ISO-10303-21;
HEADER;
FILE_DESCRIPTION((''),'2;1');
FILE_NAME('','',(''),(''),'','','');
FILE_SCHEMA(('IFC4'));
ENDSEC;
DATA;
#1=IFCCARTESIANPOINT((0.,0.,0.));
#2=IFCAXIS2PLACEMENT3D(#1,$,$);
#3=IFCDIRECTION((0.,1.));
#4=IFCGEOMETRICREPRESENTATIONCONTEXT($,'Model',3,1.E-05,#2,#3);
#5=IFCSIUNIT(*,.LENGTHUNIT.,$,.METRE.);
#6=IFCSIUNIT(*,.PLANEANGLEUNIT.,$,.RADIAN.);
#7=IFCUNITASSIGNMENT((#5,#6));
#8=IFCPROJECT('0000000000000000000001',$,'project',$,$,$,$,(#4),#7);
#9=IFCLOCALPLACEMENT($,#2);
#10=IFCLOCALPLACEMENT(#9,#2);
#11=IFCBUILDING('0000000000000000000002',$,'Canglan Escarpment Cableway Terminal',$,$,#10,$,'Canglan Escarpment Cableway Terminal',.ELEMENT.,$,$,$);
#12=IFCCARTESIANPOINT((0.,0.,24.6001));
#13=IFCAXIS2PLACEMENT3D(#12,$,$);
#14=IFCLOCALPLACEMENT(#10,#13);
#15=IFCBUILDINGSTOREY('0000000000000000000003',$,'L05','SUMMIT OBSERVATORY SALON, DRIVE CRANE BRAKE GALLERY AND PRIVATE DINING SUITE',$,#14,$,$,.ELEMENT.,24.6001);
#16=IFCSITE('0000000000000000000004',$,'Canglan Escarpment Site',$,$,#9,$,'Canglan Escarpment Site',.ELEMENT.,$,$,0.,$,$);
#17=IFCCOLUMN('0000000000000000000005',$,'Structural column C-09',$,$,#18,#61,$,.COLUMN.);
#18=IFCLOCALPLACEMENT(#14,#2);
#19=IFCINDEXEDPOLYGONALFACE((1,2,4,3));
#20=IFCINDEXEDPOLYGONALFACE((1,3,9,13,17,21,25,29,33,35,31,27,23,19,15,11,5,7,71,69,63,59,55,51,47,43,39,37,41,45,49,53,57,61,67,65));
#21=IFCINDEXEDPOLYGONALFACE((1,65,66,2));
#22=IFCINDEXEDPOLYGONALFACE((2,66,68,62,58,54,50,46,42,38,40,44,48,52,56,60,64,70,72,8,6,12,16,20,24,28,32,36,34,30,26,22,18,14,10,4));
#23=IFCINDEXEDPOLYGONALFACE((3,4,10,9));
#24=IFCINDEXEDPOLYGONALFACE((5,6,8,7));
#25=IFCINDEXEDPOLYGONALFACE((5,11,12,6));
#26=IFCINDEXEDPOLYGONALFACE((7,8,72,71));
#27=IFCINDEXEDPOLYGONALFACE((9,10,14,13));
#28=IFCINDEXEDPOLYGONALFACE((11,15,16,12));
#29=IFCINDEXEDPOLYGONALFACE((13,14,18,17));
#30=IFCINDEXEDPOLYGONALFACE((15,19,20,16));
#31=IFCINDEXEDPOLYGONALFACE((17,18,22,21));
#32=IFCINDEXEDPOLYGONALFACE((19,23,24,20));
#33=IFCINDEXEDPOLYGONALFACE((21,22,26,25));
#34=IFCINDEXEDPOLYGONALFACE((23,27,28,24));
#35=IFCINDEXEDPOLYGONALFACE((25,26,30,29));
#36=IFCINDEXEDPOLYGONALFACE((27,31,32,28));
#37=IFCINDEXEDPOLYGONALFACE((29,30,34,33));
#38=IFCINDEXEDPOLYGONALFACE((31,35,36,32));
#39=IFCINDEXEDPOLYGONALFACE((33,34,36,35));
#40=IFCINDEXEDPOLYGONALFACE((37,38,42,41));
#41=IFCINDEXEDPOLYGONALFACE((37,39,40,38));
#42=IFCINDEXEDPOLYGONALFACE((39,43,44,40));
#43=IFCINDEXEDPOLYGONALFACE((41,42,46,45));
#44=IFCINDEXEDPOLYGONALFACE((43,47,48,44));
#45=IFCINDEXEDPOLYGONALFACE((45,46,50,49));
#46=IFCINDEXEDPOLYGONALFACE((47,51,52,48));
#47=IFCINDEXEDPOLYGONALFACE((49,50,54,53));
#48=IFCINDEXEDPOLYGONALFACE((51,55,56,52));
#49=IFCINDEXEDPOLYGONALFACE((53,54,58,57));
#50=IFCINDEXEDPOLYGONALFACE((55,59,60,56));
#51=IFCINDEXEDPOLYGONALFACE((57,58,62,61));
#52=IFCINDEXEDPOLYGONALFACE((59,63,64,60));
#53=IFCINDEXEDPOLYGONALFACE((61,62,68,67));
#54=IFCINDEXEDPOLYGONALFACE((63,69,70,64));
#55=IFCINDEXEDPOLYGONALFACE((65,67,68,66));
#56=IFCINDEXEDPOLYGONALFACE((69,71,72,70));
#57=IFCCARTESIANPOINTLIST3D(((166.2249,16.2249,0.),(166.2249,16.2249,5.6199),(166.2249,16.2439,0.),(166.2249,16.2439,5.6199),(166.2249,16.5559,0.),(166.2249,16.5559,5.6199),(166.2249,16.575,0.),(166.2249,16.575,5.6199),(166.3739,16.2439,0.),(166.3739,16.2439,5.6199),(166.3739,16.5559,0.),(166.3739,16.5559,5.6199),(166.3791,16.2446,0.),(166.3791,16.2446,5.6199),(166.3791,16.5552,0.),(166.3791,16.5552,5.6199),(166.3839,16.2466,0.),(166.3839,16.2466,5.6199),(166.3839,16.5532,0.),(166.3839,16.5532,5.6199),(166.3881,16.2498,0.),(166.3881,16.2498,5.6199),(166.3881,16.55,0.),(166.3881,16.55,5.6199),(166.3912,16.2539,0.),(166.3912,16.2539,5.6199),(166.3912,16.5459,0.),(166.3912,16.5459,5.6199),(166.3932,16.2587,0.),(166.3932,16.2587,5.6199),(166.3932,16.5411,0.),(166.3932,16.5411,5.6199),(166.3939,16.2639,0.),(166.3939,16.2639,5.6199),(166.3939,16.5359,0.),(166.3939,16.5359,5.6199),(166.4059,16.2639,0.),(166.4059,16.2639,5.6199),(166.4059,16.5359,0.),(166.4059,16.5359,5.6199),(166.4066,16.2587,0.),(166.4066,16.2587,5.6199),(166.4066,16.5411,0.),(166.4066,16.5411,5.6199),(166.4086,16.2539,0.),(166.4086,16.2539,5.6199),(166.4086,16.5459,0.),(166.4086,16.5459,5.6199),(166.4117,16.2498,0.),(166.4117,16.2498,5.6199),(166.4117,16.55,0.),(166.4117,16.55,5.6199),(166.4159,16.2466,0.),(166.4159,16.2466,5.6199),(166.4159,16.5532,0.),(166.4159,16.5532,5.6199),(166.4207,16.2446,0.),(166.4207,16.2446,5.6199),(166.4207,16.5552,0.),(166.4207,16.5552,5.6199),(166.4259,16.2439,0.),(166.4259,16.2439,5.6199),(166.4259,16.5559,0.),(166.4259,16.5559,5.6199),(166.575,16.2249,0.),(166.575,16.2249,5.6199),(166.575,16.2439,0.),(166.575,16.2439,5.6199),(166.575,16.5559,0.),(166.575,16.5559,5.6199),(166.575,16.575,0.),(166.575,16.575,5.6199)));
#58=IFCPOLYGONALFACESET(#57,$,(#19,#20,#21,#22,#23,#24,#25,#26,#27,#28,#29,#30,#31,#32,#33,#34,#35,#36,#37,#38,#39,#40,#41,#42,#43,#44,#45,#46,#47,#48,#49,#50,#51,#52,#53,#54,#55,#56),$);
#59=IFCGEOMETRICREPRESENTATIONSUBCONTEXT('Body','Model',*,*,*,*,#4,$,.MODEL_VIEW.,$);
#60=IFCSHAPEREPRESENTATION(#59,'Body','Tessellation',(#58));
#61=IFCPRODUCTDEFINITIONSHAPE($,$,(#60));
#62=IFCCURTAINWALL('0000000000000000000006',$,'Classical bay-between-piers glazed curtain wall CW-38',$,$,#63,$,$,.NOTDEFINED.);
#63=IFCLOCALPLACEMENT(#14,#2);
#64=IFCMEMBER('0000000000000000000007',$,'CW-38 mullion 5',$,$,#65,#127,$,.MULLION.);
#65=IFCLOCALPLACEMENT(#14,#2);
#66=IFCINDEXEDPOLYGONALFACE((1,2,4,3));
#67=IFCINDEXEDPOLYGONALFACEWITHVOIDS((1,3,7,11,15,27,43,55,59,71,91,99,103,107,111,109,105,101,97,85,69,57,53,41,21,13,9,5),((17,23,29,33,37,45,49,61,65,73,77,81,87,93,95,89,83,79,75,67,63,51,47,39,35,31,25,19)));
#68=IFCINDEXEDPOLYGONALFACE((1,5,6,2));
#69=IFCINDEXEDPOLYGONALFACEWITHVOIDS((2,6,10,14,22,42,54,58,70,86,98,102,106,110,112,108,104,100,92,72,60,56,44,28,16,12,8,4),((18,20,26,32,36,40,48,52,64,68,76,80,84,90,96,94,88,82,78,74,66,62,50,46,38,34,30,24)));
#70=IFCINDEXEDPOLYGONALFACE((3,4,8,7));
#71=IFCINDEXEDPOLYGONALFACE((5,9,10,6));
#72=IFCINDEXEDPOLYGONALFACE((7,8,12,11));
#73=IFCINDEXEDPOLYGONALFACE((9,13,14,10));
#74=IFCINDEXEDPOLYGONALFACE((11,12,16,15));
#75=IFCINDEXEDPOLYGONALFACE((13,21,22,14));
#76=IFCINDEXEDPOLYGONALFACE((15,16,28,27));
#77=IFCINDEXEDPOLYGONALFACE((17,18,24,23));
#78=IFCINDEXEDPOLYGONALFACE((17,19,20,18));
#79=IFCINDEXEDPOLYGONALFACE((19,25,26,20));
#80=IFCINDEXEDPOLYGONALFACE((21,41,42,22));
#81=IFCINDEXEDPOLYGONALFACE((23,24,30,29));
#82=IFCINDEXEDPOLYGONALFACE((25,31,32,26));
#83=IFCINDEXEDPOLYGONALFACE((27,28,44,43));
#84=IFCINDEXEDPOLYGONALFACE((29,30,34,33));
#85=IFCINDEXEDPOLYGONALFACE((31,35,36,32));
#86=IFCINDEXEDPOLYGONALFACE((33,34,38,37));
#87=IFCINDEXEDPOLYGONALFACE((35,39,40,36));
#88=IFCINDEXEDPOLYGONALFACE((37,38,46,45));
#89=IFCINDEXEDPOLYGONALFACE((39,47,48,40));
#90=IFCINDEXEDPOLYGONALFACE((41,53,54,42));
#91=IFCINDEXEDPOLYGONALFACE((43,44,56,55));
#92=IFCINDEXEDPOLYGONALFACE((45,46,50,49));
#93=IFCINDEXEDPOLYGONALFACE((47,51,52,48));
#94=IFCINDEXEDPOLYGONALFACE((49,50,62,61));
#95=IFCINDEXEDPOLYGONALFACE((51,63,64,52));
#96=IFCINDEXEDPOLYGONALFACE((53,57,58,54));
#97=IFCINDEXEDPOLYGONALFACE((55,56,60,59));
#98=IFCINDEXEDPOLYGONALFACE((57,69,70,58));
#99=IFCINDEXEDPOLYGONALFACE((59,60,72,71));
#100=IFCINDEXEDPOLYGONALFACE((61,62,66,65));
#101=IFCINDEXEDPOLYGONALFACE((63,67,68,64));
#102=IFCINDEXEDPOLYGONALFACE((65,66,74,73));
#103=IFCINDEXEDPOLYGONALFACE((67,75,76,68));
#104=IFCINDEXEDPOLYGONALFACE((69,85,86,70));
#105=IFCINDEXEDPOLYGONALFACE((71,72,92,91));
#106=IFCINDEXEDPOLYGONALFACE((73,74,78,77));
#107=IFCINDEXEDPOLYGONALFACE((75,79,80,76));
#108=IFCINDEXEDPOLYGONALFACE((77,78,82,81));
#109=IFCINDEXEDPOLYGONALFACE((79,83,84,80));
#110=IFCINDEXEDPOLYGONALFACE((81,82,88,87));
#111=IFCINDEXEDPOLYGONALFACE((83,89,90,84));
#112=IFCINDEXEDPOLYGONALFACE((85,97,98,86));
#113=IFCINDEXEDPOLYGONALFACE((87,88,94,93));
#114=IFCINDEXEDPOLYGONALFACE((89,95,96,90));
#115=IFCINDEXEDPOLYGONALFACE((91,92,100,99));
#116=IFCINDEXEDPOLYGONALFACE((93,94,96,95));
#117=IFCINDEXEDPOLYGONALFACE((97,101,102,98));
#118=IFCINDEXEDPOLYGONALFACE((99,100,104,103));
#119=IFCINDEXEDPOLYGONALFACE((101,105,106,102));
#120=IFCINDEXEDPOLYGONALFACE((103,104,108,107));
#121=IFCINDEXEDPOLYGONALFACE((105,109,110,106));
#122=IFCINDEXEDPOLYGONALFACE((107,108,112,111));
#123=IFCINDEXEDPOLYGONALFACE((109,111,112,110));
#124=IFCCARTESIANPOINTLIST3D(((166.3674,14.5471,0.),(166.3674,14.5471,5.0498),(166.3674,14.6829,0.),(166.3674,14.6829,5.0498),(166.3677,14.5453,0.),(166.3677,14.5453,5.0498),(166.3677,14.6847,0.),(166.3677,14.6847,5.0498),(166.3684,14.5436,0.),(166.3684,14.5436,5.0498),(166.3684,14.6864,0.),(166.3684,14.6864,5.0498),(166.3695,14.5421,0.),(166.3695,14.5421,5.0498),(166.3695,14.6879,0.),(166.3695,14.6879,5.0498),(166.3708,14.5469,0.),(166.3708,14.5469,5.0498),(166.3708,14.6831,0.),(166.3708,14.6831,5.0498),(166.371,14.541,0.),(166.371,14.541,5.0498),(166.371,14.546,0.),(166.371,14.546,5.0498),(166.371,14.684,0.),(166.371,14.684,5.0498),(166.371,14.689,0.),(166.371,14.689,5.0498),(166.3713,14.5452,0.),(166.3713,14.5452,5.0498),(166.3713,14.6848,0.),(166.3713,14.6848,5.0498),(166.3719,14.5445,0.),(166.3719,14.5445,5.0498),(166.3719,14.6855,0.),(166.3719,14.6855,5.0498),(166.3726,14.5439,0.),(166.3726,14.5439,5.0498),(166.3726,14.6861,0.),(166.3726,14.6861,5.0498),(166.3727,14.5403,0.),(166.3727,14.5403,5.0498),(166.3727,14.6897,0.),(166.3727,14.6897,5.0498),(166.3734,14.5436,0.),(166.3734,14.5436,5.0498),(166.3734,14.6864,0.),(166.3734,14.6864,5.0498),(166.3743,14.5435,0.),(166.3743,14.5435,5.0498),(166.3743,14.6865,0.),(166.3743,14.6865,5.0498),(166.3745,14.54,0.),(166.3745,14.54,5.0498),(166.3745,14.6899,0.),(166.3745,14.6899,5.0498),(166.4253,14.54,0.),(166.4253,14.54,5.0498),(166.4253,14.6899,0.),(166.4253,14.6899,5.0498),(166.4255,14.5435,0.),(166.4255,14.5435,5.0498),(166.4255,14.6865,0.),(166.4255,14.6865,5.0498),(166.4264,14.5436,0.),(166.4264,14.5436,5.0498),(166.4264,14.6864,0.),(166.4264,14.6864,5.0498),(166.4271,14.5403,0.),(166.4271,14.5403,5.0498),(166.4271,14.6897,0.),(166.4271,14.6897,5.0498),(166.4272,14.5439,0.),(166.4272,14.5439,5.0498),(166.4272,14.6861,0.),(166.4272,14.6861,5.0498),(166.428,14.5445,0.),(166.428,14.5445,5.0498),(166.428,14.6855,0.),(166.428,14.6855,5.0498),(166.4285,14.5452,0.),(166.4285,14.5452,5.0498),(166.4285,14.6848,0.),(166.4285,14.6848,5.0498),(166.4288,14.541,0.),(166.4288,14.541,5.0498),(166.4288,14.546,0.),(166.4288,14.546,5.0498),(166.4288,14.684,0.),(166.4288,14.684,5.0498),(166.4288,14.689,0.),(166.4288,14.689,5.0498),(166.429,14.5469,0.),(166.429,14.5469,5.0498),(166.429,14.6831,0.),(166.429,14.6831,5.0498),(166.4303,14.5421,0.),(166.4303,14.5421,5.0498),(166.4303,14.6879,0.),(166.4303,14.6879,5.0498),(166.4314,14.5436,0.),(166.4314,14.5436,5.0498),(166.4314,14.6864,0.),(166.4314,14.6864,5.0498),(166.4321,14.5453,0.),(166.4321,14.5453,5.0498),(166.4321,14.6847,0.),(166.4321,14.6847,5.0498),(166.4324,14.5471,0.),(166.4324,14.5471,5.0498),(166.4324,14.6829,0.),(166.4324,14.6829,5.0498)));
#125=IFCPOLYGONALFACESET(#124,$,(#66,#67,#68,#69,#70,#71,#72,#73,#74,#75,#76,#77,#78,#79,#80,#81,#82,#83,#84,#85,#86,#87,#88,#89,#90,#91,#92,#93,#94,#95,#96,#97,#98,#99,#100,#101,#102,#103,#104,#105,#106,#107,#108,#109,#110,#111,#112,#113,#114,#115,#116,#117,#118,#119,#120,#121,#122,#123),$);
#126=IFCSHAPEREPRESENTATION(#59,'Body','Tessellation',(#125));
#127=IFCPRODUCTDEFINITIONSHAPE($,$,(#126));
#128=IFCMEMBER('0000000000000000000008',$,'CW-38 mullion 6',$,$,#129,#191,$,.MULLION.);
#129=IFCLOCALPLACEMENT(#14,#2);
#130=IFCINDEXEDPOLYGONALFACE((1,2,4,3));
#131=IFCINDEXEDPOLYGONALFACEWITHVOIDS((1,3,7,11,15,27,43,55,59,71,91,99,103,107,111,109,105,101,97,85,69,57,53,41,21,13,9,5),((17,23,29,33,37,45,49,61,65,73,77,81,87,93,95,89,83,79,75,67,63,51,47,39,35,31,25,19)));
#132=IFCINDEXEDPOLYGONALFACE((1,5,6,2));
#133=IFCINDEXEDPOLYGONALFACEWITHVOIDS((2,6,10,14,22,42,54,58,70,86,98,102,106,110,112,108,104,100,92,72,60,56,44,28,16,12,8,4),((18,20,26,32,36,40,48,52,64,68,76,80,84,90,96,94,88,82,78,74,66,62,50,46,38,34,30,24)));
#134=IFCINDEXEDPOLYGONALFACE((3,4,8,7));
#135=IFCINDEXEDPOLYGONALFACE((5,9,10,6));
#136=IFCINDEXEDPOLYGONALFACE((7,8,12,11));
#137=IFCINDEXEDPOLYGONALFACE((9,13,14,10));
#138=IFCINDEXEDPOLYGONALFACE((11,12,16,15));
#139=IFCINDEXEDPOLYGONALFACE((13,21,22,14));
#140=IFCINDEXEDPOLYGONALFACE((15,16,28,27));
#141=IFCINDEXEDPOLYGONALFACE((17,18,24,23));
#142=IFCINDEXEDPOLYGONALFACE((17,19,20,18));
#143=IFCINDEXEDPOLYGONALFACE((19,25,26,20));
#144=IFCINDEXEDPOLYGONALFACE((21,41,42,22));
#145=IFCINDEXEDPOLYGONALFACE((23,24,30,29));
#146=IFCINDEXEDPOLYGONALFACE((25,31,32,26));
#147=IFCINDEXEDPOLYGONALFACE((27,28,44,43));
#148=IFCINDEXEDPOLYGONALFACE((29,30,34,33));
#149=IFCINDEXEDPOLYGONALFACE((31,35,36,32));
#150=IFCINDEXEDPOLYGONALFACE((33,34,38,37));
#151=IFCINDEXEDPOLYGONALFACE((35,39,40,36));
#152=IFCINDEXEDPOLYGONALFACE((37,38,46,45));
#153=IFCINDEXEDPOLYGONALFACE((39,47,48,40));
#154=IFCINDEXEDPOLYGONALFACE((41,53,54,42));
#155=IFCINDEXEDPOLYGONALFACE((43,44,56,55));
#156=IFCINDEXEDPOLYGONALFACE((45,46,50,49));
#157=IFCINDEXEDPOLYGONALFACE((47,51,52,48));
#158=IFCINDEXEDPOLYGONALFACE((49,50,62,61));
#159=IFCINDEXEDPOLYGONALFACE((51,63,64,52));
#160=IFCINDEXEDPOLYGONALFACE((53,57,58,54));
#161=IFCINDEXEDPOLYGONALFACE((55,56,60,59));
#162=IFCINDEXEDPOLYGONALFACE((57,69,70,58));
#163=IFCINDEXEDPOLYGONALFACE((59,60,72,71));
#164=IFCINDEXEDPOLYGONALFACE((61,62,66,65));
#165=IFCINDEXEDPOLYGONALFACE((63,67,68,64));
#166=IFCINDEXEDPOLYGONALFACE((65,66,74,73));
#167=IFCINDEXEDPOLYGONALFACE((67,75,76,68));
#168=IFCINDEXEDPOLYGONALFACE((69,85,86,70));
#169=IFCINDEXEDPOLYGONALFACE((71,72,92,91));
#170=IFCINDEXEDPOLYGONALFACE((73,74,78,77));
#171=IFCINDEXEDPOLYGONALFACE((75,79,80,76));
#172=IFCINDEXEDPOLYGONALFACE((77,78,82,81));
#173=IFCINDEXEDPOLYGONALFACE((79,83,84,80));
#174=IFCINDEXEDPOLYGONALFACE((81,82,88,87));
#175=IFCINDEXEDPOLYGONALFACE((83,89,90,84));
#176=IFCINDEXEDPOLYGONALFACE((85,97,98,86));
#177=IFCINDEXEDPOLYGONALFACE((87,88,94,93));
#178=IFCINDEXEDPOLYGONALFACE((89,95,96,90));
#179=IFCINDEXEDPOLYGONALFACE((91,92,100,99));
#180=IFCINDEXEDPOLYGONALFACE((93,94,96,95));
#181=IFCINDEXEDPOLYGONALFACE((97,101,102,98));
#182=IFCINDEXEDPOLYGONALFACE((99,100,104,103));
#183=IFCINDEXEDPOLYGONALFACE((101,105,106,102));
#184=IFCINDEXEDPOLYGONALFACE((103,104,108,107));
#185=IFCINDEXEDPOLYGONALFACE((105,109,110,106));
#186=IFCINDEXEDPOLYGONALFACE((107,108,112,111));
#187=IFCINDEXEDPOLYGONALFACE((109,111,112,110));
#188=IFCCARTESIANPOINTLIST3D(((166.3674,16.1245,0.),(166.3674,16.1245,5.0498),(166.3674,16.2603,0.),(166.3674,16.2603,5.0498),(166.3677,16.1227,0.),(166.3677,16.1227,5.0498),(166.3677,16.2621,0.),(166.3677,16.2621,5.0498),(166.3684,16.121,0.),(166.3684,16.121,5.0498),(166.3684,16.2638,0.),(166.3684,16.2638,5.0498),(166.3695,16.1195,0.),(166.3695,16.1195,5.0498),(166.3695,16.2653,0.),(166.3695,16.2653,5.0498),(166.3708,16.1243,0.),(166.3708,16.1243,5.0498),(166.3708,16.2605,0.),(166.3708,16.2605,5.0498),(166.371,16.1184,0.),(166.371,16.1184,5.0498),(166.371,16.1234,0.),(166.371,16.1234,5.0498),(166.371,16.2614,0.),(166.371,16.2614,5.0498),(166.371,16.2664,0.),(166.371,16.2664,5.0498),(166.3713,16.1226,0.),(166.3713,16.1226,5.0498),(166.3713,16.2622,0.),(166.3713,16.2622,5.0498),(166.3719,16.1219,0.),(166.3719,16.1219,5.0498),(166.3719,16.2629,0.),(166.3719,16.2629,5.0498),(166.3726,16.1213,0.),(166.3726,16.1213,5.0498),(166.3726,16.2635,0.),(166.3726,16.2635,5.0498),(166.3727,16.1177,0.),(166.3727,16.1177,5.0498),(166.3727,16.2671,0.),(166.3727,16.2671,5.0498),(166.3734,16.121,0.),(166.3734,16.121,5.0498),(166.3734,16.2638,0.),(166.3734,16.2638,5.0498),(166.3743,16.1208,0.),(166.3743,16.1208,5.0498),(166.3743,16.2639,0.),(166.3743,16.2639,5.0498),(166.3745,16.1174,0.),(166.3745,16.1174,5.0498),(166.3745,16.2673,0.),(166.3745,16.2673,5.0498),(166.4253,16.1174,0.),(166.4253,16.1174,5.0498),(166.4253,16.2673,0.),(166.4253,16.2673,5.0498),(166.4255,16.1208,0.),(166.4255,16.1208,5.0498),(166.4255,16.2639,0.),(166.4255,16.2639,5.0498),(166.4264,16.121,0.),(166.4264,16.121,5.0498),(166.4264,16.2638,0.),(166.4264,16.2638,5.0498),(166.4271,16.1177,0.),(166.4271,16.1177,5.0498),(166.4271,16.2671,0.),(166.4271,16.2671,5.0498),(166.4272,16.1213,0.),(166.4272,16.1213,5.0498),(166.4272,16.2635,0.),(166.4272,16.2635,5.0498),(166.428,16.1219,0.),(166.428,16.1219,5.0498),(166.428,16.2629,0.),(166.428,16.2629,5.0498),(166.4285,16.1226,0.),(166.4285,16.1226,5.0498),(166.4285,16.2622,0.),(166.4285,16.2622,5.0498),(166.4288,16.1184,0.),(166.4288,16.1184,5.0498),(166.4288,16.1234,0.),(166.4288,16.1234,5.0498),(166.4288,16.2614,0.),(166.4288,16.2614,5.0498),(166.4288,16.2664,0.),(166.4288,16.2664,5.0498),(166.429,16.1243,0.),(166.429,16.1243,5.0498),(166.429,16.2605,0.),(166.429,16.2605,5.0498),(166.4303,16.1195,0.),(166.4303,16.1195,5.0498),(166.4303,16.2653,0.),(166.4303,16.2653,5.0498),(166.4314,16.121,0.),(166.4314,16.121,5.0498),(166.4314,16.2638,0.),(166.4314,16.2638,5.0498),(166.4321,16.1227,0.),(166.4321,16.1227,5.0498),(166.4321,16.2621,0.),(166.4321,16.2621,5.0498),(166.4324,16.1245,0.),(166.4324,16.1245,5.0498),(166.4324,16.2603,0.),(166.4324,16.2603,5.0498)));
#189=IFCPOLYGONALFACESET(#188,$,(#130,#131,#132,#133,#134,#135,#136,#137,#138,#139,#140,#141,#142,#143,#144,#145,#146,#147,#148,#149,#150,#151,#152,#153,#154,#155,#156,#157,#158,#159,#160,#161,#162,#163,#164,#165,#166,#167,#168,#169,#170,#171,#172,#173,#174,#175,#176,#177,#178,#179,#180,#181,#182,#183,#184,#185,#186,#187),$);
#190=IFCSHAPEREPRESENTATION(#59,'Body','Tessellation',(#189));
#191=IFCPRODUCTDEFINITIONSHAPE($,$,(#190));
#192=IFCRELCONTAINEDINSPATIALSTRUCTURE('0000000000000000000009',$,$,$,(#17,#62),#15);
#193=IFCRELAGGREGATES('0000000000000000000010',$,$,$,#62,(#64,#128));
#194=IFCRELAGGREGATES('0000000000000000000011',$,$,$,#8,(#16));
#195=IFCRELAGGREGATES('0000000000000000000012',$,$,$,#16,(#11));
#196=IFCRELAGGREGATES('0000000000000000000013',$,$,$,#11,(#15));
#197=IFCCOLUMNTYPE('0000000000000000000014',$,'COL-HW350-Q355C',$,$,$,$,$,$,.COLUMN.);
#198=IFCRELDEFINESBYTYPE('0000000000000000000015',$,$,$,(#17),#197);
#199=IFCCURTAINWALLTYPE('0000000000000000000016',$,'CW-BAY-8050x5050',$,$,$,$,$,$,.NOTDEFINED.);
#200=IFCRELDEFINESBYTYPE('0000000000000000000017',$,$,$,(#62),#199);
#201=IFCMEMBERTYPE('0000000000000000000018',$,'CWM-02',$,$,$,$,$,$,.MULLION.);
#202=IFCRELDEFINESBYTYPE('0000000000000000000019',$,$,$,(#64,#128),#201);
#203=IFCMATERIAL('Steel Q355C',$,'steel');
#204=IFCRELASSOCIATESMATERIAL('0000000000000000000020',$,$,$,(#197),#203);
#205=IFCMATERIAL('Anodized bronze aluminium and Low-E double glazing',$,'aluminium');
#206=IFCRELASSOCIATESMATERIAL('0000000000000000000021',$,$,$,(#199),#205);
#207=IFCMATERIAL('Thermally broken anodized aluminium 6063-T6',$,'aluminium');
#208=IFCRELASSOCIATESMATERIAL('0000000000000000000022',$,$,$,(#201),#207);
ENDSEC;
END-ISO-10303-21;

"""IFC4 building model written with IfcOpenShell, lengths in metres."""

from ifc_helpers import new_model, si_unit, direction, frame, origin, origin_2d, place, context, subcontext, project, spatial, hollow_rectangle, i_section, extrude, material, material_profile, profile_set, type_object, element, aggregate, save


model = new_model("IFC4")

# Units and contexts
model_context = context("Model", 3, precision=1e-05, world=origin(), true_north=direction((0.0, 1.0)))
body_context = subcontext(model_context, "Body", "Model", "MODEL_VIEW")
ifc_project = project(units=[si_unit("LENGTHUNIT", "METRE"), si_unit("PLANEANGLEUNIT", "RADIAN")], contexts=[model_context])

# Site, building, storey
site_placement = place(None, origin())
site = spatial("IfcSite", under=ifc_project, at=site_placement, Name="Canglan Escarpment Site", LongName="Canglan Escarpment Site", CompositionType="ELEMENT", RefElevation=0.0)
building_placement = place(site_placement, origin())
building = spatial("IfcBuilding", under=site, at=building_placement, Name="Canglan Escarpment Cableway Terminal", LongName="Canglan Escarpment Cableway Terminal", CompositionType="ELEMENT")
storey_placement = place(building_placement, frame((0.0, 0.0, 24.6001)))
storey = spatial("IfcBuildingStorey", under=building, at=storey_placement, Name="L05", Description="SUMMIT OBSERVATORY SALON, DRIVE CRANE BRAKE GALLERY AND PRIVATE DINING SUITE", CompositionType="ELEMENT", Elevation=24.6001)

# Column
ifc_material_1 = material(Name="Steel Q355C", Category="steel")
ifc_material_profile_1 = material_profile(ifc_material_1, i_section(OverallWidth=0.3501, OverallDepth=0.3501, WebThickness=0.012, FlangeThickness=0.019, FilletRadius=0.02, at=origin_2d()), Name="HW 350x350x12x19")
ifc_profile_set_1 = profile_set([ifc_material_profile_1], Name="Steel Q355C")
column_type = type_object("IfcColumnType", Name="COL-HW350-Q355C", PredefinedType="COLUMN", material=ifc_profile_set_1)
column_placement = place(storey_placement, frame((166.3999, 16.3999, 0.0), z_axis=(0.0, 0.0, 1.0), x_axis=(1.0, 0.0, 0.0)))
element("IfcColumn", 1, at=column_placement, inside=storey, type_object=column_type, Name="Structural column C-09", PredefinedType="COLUMN", context=body_context, shape_type="SweptSolid", body=[
    extrude(i_section(OverallWidth=0.3501, OverallDepth=0.3501, WebThickness=0.012, FlangeThickness=0.019, FilletRadius=0.02, at=origin_2d()), origin(), (0.0, 0.0, 1.0), 5.6199),
])

# Curtain wall, members
ifc_material_2 = material(Name="Anodized bronze aluminium and Low-E double glazing", Category="aluminium")
curtain_wall_type = type_object("IfcCurtainWallType", Name="CW-BAY-8050x5050", PredefinedType="NOTDEFINED", material=ifc_material_2)
curtain_wall_1_placement = place(storey_placement, origin())
curtain_wall_1 = element("IfcCurtainWall", 2, at=curtain_wall_1_placement, inside=storey, type_object=curtain_wall_type, Name="Classical bay-between-piers glazed curtain wall CW-38", PredefinedType="NOTDEFINED")
ifc_material_3 = material(Name="Thermally broken anodized aluminium 6063-T6", Category="aluminium")
ifc_material_profile_2 = material_profile(ifc_material_3, hollow_rectangle(XDim=0.0649, YDim=0.1499, WallThickness=0.0034, InnerFilletRadius=0.0034, OuterFilletRadius=0.0071, at=origin_2d()), Name="ALU-MULL 65x150x3.5")
ifc_profile_set_2 = profile_set([ifc_material_profile_2], Name="Thermally broken anodized aluminium 6063-T6")
member_type_1 = type_object("IfcMemberType", Name="CWM-02", PredefinedType="MULLION", material=ifc_profile_set_2)
member_1_placement = place(storey_placement, frame((166.3999, 14.615, 0.0), z_axis=(0.0, 0.0, 1.0), x_axis=(-1.0, 0.0, 0.0)))
member_1 = element("IfcMember", 3, at=member_1_placement, type_object=member_type_1, Name="CW-38 mullion 5", PredefinedType="MULLION", context=body_context, shape_type="SweptSolid", body=[
    extrude(hollow_rectangle(XDim=0.0649, YDim=0.1499, WallThickness=0.0034, InnerFilletRadius=0.0034, OuterFilletRadius=0.0071, at=origin_2d()), origin(), (0.0, 0.0, 1.0), 5.0498),
])
member_2_placement = place(storey_placement, frame((166.3999, 16.1924, 0.0), z_axis=(0.0, 0.0, 1.0), x_axis=(-1.0, 0.0, 0.0)))
member_2 = element("IfcMember", 4, at=member_2_placement, type_object=member_type_1, Name="CW-38 mullion 6", PredefinedType="MULLION", context=body_context, shape_type="SweptSolid", body=[
    extrude(hollow_rectangle(XDim=0.0649, YDim=0.1499, WallThickness=0.0034, InnerFilletRadius=0.0034, OuterFilletRadius=0.0071, at=origin_2d()), origin(), (0.0, 0.0, 1.0), 5.0498),
])

aggregate(curtain_wall_1, [member_1, member_2])

save(model, "model.ifc")
